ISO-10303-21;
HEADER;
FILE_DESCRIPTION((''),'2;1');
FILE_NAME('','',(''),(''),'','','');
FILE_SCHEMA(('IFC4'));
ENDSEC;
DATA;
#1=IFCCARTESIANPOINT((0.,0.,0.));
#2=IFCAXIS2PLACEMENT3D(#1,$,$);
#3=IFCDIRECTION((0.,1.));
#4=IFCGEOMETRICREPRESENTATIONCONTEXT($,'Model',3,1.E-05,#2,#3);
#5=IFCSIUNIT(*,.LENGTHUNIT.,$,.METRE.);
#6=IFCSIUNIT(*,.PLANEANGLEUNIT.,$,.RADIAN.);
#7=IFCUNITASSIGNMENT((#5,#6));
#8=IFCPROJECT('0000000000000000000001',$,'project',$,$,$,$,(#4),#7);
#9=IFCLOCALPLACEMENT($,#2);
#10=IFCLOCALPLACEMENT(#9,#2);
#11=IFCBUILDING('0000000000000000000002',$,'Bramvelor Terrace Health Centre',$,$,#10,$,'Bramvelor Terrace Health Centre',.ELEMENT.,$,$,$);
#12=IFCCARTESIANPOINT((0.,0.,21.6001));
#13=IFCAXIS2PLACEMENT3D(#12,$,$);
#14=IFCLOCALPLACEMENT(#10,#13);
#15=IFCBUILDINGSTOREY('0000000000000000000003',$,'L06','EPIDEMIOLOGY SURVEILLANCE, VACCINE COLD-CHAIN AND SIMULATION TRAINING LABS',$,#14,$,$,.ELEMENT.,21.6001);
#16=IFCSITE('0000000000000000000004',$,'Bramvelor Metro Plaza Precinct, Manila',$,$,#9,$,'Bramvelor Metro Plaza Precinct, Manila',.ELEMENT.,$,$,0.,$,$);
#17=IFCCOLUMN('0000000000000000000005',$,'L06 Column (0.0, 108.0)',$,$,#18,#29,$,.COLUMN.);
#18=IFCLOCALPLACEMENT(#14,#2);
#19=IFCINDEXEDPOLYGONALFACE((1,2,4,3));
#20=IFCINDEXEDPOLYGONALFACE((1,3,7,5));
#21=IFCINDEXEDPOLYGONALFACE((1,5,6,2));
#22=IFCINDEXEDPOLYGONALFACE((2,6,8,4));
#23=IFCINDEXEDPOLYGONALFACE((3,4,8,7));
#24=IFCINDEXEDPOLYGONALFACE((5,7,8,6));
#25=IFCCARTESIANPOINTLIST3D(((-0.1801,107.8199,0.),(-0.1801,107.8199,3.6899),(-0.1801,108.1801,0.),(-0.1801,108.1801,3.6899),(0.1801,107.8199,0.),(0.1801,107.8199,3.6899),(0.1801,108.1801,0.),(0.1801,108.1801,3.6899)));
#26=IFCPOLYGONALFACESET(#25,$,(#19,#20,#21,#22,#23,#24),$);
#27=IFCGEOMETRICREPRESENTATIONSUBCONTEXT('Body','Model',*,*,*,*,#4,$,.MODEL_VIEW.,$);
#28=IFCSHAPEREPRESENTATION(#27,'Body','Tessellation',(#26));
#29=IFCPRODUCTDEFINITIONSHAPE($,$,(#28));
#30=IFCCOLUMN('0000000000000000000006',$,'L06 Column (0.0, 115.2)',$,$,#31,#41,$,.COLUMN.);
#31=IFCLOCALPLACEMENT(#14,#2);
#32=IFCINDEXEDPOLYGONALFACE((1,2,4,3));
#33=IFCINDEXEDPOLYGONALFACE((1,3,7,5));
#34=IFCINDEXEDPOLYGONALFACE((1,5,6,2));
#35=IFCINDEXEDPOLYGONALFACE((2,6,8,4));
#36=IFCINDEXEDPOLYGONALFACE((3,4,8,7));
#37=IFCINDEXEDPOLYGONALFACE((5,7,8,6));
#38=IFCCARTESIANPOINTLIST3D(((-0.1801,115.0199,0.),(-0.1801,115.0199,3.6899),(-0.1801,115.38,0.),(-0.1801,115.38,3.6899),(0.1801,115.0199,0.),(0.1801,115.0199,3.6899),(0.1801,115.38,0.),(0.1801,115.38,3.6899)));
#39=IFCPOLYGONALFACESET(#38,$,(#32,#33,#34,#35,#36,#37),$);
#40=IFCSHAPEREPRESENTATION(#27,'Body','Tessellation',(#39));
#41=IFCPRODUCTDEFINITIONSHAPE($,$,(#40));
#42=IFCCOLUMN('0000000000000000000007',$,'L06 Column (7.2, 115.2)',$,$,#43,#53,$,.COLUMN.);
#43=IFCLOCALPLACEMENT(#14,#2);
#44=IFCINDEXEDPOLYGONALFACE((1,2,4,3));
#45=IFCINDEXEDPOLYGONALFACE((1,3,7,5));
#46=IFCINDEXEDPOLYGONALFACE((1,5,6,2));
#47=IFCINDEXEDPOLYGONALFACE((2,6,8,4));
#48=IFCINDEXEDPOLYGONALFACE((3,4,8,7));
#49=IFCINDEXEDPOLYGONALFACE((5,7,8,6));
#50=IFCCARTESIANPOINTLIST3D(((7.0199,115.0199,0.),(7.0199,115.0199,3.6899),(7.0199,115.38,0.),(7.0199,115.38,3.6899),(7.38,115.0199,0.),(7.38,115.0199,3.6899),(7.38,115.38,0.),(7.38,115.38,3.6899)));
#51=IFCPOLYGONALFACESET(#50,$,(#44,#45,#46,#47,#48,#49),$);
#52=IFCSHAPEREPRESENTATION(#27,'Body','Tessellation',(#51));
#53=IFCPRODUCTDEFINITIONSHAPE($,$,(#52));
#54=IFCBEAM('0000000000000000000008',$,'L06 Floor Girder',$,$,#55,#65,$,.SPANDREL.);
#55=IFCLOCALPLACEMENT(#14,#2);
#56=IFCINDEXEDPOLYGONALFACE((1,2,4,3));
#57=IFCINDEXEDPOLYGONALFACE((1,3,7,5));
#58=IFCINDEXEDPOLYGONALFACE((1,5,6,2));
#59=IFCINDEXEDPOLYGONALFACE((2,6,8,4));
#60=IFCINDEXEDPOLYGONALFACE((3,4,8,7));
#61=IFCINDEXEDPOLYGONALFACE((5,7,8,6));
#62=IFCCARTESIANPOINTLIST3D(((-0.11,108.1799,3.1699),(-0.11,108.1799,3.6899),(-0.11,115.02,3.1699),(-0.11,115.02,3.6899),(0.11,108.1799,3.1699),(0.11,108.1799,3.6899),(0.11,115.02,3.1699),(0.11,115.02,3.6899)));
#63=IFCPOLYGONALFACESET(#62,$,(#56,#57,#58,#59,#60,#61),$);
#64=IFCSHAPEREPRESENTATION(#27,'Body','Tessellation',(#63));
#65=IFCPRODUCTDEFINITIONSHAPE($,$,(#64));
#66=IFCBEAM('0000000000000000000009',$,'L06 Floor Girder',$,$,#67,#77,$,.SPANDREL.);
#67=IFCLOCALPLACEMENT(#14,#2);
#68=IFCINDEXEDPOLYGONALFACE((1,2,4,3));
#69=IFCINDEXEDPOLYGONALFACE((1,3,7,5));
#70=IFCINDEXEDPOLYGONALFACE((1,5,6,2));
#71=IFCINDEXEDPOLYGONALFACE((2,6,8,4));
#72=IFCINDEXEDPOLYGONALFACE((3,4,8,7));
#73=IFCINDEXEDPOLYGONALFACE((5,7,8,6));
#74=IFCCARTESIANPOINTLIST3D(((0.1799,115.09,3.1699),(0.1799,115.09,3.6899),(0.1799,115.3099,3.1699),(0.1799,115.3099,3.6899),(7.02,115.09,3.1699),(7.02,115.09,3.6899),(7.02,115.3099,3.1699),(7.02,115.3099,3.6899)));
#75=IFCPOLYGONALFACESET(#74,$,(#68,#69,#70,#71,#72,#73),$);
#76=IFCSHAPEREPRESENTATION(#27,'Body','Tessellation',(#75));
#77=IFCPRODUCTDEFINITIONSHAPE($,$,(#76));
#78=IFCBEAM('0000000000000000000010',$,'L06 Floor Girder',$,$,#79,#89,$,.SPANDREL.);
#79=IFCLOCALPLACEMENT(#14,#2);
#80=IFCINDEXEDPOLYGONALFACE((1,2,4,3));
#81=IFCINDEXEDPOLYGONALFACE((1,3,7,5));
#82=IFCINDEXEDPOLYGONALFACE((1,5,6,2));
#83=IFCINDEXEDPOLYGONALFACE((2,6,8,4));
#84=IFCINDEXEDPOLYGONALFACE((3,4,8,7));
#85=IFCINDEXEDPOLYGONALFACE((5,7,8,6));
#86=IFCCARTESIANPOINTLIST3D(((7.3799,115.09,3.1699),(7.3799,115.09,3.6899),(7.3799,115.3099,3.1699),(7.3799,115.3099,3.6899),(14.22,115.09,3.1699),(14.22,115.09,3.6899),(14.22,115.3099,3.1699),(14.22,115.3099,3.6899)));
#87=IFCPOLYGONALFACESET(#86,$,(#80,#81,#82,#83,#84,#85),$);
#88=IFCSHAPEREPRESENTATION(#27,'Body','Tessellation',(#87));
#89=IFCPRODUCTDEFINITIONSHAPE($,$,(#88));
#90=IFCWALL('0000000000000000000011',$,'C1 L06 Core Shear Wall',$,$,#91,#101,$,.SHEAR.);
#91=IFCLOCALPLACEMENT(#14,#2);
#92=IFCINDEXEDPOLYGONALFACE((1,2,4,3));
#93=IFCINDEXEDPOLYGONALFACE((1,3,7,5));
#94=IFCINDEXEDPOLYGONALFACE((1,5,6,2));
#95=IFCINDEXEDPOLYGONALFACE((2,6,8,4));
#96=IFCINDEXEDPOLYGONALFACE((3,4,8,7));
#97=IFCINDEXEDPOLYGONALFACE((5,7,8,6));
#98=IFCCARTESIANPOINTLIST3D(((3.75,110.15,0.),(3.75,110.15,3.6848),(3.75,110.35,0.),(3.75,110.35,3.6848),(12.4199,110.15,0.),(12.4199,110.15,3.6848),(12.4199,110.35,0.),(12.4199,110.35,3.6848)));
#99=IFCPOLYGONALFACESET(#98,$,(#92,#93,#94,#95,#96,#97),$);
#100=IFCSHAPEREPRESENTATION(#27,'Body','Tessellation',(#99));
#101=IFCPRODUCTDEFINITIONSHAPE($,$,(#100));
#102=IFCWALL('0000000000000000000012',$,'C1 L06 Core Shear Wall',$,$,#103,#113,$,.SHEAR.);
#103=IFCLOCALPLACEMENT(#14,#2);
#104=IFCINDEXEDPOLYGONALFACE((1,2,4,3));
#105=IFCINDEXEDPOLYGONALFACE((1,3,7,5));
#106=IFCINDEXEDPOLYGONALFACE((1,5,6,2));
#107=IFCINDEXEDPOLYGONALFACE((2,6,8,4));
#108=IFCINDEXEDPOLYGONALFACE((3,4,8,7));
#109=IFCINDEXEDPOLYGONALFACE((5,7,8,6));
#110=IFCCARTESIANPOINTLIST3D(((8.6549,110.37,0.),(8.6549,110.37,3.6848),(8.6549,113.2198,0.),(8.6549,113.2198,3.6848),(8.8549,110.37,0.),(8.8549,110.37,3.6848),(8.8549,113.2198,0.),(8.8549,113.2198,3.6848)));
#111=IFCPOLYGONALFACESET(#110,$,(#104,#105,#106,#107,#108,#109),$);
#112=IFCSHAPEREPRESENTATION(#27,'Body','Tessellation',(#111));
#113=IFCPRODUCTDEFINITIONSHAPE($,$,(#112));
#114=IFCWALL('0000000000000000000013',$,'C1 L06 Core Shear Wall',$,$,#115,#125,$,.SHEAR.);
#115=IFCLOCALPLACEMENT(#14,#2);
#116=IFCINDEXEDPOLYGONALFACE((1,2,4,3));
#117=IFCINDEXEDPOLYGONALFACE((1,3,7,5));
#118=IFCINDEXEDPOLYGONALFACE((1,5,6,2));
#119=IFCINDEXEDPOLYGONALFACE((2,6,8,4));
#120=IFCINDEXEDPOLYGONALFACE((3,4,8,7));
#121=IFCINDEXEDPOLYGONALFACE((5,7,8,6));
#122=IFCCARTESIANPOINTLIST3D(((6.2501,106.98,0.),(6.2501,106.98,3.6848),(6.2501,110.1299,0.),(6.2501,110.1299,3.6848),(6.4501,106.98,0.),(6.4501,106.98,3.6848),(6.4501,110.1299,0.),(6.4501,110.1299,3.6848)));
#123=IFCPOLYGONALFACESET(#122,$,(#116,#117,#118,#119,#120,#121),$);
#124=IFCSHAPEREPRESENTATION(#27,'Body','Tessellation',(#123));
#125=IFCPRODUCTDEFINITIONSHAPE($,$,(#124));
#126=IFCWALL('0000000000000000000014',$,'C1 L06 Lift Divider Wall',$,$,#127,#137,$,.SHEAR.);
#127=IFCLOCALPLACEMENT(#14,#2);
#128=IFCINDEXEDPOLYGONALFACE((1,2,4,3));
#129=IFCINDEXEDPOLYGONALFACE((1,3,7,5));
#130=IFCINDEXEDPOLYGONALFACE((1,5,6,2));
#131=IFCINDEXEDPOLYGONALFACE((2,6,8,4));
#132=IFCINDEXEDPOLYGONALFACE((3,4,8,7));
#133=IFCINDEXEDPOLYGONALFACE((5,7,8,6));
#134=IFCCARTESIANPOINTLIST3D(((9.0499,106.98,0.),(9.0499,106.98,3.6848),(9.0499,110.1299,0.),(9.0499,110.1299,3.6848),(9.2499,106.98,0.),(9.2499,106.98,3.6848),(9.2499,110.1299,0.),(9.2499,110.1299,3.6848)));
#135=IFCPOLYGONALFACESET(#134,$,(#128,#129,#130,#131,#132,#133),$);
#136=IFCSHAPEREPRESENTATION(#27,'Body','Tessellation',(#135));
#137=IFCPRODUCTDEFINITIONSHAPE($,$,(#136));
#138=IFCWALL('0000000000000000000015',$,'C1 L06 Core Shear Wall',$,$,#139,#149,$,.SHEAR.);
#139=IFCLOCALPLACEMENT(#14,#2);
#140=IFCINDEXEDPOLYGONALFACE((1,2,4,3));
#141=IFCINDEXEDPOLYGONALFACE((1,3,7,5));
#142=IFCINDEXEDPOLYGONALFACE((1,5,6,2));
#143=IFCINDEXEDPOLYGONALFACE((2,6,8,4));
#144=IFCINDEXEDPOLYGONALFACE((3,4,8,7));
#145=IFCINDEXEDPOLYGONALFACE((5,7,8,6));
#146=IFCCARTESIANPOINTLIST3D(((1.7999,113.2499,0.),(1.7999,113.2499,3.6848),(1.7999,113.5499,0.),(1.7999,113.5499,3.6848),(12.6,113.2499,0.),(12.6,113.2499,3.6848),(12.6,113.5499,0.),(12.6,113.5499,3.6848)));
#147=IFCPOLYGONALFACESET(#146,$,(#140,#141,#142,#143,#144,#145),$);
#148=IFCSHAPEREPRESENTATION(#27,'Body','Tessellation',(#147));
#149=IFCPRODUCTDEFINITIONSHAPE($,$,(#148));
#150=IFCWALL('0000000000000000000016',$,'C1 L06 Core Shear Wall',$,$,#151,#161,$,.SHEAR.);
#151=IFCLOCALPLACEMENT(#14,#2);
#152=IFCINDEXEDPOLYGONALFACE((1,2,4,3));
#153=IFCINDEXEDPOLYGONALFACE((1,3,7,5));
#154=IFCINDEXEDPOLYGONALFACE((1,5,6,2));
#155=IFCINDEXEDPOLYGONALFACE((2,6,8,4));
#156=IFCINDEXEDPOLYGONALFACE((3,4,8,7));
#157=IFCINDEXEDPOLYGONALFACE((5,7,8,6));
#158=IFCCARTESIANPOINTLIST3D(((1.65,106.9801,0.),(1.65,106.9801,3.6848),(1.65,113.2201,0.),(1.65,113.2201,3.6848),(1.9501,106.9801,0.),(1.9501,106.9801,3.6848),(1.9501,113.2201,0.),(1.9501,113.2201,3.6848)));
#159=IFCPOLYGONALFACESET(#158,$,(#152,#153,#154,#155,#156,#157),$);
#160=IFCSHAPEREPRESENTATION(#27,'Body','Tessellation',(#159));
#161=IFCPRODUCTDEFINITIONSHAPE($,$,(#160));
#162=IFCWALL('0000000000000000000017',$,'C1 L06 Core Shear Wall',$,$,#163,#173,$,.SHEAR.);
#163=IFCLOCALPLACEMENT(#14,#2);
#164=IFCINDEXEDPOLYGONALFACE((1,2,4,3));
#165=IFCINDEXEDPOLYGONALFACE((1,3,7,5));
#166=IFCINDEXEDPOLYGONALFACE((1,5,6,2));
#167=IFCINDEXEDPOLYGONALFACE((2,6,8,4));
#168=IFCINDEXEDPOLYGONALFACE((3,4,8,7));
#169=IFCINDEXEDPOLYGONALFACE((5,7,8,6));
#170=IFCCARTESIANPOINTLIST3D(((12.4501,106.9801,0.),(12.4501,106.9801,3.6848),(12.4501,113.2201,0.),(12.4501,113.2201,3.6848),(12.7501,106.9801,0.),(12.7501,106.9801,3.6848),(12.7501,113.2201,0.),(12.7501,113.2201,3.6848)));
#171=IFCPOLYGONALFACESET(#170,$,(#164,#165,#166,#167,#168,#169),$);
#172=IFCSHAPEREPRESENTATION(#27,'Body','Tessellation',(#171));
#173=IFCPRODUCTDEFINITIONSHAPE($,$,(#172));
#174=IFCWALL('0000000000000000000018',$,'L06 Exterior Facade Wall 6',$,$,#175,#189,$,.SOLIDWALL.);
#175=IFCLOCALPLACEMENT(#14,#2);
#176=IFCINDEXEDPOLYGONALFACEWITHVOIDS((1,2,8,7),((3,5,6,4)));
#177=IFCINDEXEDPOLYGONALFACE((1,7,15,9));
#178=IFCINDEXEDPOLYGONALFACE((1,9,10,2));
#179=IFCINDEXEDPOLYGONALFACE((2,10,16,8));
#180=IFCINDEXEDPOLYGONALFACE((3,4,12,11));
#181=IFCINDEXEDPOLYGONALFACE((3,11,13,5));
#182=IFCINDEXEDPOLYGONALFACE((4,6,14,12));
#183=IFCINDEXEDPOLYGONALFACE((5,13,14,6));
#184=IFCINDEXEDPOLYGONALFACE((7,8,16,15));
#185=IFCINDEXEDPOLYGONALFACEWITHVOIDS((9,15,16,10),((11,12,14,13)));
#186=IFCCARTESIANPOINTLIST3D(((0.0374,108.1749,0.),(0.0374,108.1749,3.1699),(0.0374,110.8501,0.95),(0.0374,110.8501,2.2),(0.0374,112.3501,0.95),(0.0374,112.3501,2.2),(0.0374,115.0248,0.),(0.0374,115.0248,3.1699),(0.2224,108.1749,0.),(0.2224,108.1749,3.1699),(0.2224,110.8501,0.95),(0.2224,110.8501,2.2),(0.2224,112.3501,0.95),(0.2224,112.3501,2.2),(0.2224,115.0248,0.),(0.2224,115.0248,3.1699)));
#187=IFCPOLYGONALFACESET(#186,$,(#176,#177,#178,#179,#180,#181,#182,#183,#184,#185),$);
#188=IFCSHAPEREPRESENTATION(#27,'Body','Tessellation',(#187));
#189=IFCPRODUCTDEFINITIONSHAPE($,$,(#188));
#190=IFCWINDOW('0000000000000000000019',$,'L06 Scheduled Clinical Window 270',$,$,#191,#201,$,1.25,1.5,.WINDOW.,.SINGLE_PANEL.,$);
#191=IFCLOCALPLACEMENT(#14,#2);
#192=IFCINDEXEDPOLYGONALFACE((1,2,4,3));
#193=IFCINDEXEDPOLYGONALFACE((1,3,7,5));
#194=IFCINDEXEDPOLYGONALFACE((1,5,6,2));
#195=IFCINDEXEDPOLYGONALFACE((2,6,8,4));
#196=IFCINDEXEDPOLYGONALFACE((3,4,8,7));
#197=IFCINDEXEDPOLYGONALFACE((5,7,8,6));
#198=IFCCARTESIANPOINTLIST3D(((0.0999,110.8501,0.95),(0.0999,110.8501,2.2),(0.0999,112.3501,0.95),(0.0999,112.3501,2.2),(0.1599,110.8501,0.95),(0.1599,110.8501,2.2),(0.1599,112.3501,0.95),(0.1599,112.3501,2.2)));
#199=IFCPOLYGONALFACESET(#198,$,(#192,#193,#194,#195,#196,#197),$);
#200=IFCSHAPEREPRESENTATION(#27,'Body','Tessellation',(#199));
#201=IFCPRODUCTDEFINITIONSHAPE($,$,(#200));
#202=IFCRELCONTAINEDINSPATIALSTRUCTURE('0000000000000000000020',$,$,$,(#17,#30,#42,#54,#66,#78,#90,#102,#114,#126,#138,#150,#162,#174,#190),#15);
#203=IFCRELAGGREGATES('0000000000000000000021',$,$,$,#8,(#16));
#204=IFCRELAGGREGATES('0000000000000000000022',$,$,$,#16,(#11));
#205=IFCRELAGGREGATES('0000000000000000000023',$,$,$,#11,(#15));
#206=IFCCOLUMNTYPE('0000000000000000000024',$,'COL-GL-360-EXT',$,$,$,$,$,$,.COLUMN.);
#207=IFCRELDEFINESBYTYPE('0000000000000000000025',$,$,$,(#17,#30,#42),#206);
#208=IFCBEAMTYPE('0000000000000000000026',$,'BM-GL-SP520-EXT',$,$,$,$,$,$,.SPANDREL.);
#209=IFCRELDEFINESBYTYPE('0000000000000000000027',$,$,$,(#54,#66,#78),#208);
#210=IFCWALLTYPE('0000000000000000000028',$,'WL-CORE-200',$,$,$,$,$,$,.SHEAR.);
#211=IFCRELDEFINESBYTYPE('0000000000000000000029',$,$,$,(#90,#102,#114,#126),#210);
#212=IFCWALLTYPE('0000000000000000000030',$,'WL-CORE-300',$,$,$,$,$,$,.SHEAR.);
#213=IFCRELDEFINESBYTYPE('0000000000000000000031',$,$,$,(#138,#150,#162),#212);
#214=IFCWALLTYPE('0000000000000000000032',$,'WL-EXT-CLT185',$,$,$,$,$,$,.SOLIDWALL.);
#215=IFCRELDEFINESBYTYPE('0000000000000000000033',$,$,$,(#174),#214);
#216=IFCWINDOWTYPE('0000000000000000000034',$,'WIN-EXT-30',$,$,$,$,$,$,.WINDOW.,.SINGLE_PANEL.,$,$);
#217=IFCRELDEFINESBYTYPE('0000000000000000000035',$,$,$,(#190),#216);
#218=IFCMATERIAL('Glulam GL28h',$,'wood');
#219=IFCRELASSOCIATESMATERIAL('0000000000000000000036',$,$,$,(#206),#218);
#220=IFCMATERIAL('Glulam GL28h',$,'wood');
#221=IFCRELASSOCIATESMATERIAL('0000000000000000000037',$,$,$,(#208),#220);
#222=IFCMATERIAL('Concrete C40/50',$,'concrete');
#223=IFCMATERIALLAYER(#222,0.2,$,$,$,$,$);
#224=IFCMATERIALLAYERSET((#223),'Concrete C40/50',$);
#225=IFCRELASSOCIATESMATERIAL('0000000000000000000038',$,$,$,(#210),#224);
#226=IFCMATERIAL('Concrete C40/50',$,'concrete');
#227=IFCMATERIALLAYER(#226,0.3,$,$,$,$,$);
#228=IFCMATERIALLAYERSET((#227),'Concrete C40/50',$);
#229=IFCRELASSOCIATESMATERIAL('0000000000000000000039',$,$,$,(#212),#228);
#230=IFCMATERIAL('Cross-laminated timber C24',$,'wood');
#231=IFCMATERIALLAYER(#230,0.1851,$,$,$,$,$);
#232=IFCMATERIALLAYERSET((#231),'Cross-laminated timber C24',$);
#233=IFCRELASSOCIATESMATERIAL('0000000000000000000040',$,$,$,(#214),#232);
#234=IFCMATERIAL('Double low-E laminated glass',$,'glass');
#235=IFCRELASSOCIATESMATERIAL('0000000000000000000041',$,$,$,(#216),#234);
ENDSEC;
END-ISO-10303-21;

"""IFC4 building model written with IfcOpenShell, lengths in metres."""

from ifc_helpers import new_model, si_unit, direction, frame, frame_2d, origin, origin_2d, place, context, subcontext, project, spatial, rectangle, extrude, material, layer, layer_set, material_profile, profile_set, type_object, element, fill, save


model = new_model("IFC4")

# Units and contexts
model_context = context("Model", 3, precision=1e-05, world=origin(), true_north=direction((0.0, 1.0)))
body_context = subcontext(model_context, "Body", "Model", "MODEL_VIEW")
ifc_project = project(units=[si_unit("LENGTHUNIT", "METRE"), si_unit("PLANEANGLEUNIT", "RADIAN")], contexts=[model_context])

# Site, building, storey
site_placement = place(None, origin())
site = spatial("IfcSite", under=ifc_project, at=site_placement, Name="Bramvelor Metro Plaza Precinct, Manila", LongName="Bramvelor Metro Plaza Precinct, Manila", CompositionType="ELEMENT", RefElevation=0.0)
building_placement = place(site_placement, origin())
building = spatial("IfcBuilding", under=site, at=building_placement, Name="Bramvelor Terrace Health Centre", LongName="Bramvelor Terrace Health Centre", CompositionType="ELEMENT")
storey_placement = place(building_placement, frame((0.0, 0.0, 21.6001)))
storey = spatial("IfcBuildingStorey", under=building, at=storey_placement, Name="L06", Description="EPIDEMIOLOGY SURVEILLANCE, VACCINE COLD-CHAIN AND SIMULATION TRAINING LABS", CompositionType="ELEMENT", Elevation=21.6001)

# Columns
ifc_material_1 = material(Name="Glulam GL28h", Category="wood")
ifc_material_profile_1 = material_profile(ifc_material_1, rectangle(XDim=0.3601, YDim=0.3601, at=origin_2d()), Name="GL 360x360")
ifc_profile_set_1 = profile_set([ifc_material_profile_1], Name="Glulam GL28h")
column_type = type_object("IfcColumnType", Name="COL-GL-360-EXT", PredefinedType="COLUMN", material=ifc_profile_set_1)
for number, where, z_axis, x_axis, name in (
    (1, (0.0, 108.0, 0.0), (0.0, 0.0, 1.0), (1.0, 0.0, 0.0), "L06 Column (0.0, 108.0)"),
    (2, (0.0, 115.2, 0.0), (0.0, 0.0, 1.0), (1.0, 0.0, 0.0), "L06 Column (0.0, 115.2)"),
    (3, (7.2, 115.2, 0.0), (0.0, 0.0, 1.0), (1.0, 0.0, 0.0), "L06 Column (7.2, 115.2)"),
):
    element("IfcColumn", number, at=place(storey_placement, frame(where, z_axis=z_axis, x_axis=x_axis)), inside=storey, type_object=column_type, Name=name, PredefinedType="COLUMN", context=body_context, shape_type="SweptSolid", body=[
        extrude(rectangle(XDim=0.3601, YDim=0.3601, at=origin_2d()), origin(), (0.0, 0.0, 1.0), 3.6899),
    ])

# Beams
ifc_material_2 = material(Name="Glulam GL28h", Category="wood")
ifc_material_profile_2 = material_profile(ifc_material_2, rectangle(XDim=0.22, YDim=0.52, at=origin_2d()), Name="GL 220x520")
ifc_profile_set_2 = profile_set([ifc_material_profile_2], Name="Glulam GL28h")
beam_type = type_object("IfcBeamType", Name="BM-GL-SP520-EXT", PredefinedType="SPANDREL", material=ifc_profile_set_2)
for number, where, z_axis, x_axis, name in (
    (4, (0.0, 108.1799, 3.4299), (0.0, 1.0, 0.0), (-1.0, 0.0, 0.0), "L06 Floor Girder"),
    (5, (0.1799, 115.2, 3.4299), (1.0, 0.0, 0.0), (0.0, 1.0, 0.0), "L06 Floor Girder"),
    (6, (7.3799, 115.2, 3.4299), (1.0, 0.0, 0.0), (0.0, 1.0, 0.0), "L06 Floor Girder"),
):
    element("IfcBeam", number, at=place(storey_placement, frame(where, z_axis=z_axis, x_axis=x_axis)), inside=storey, type_object=beam_type, Name=name, PredefinedType="SPANDREL", context=body_context, shape_type="SweptSolid", body=[
        extrude(rectangle(XDim=0.22, YDim=0.52, at=origin_2d()), origin(), (0.0, 0.0, 1.0), 6.8401),
    ])

# Walls
ifc_material_3 = material(Name="Concrete C40/50", Category="concrete")
ifc_layer_1 = layer(ifc_material_3, 0.2)
ifc_layer_set_1 = layer_set([ifc_layer_1], Name="Concrete C40/50")
wall_type_1 = type_object("IfcWallType", Name="WL-CORE-200", PredefinedType="SHEAR", material=ifc_layer_set_1)
wall_1_placement = place(storey_placement, frame((3.75, 110.25, 0.0), z_axis=(0.0, 0.0, 1.0), x_axis=(1.0, 0.0, 0.0)))
element("IfcWall", 7, at=wall_1_placement, inside=storey, type_object=wall_type_1, Name="C1 L06 Core Shear Wall", PredefinedType="SHEAR", context=body_context, shape_type="SweptSolid", body=[
    extrude(rectangle(XDim=8.6699, YDim=0.2, at=frame_2d((4.335, 0.0))), origin(), (0.0, 0.0, 1.0), 3.6848),
])
wall_2_placement = place(storey_placement, frame((8.7549, 110.3701, 0.0), z_axis=(0.0, 0.0, 1.0), x_axis=(0.0, 1.0, 0.0)))
element("IfcWall", 8, at=wall_2_placement, inside=storey, type_object=wall_type_1, Name="C1 L06 Core Shear Wall", PredefinedType="SHEAR", context=body_context, shape_type="SweptSolid", body=[
    extrude(rectangle(XDim=2.8499, YDim=0.2, at=frame_2d((1.4248, 0.0))), origin(), (0.0, 0.0, 1.0), 3.6848),
])
for number, where, z_axis, x_axis, name in (
    (9, (6.3501, 106.98, 0.0), (0.0, 0.0, 1.0), (0.0, 1.0, 0.0), "C1 L06 Core Shear Wall"),
    (10, (9.1499, 106.98, 0.0), (0.0, 0.0, 1.0), (0.0, 1.0, 0.0), "C1 L06 Lift Divider Wall"),
):
    element("IfcWall", number, at=place(storey_placement, frame(where, z_axis=z_axis, x_axis=x_axis)), inside=storey, type_object=wall_type_1, Name=name, PredefinedType="SHEAR", context=body_context, shape_type="SweptSolid", body=[
        extrude(rectangle(XDim=3.1499, YDim=0.2, at=frame_2d((1.575, 0.0))), origin(), (0.0, 0.0, 1.0), 3.6848),
    ])

# Shared definitions
ifc_material_4 = material(Name="Concrete C40/50", Category="concrete")
ifc_layer_2 = layer(ifc_material_4, 0.3)
ifc_layer_set_2 = layer_set([ifc_layer_2], Name="Concrete C40/50")
wall_type_2 = type_object("IfcWallType", Name="WL-CORE-300", PredefinedType="SHEAR", material=ifc_layer_set_2)

# Walls
wall_3_placement = place(storey_placement, frame((1.8, 113.3999, 0.0), z_axis=(0.0, 0.0, 1.0), x_axis=(1.0, 0.0, 0.0)))
element("IfcWall", 11, at=wall_3_placement, inside=storey, type_object=wall_type_2, Name="C1 L06 Core Shear Wall", PredefinedType="SHEAR", context=body_context, shape_type="SweptSolid", body=[
    extrude(rectangle(XDim=10.8, YDim=0.3, at=frame_2d((5.3999, 0.0))), origin(), (0.0, 0.0, 1.0), 3.6848),
])
for number, where, z_axis, x_axis, name in (
    (12, (1.8, 106.98, 0.0), (0.0, 0.0, 1.0), (0.0, 1.0, 0.0), "C1 L06 Core Shear Wall"),
    (13, (12.6001, 106.98, 0.0), (0.0, 0.0, 1.0), (0.0, 1.0, 0.0), "C1 L06 Core Shear Wall"),
):
    element("IfcWall", number, at=place(storey_placement, frame(where, z_axis=z_axis, x_axis=x_axis)), inside=storey, type_object=wall_type_2, Name=name, PredefinedType="SHEAR", context=body_context, shape_type="SweptSolid", body=[
        extrude(rectangle(XDim=6.24, YDim=0.3, at=frame_2d((3.1201, 0.0))), origin(), (0.0, 0.0, 1.0), 3.6848),
    ])

# Wall, opening, window
ifc_material_5 = material(Name="Cross-laminated timber C24", Category="wood")
ifc_layer_3 = layer(ifc_material_5, 0.1851)
ifc_layer_set_3 = layer_set([ifc_layer_3], Name="Cross-laminated timber C24")
wall_type_3 = type_object("IfcWallType", Name="WL-EXT-CLT185", PredefinedType="SOLIDWALL", material=ifc_layer_set_3)
wall_4_placement = place(storey_placement, frame((0.1299, 108.175, 0.0), z_axis=(0.0, 0.0, 1.0), x_axis=(0.0, 1.0, 0.0)))
wall_4 = element("IfcWall", 14, at=wall_4_placement, inside=storey, type_object=wall_type_3, Name="L06 Exterior Facade Wall 6", PredefinedType="SOLIDWALL", context=body_context, shape_type="SweptSolid", body=[
    extrude(rectangle(XDim=6.8499, YDim=0.1851, at=frame_2d((3.4248, 0.0))), origin(), (0.0, 0.0, 1.0), 3.1699),
])
opening_1_placement = place(wall_4_placement, frame((2.675, 0.0, 0.95)))
opening_1 = element("IfcOpeningElement", 15, at=opening_1_placement, cuts=wall_4, PredefinedType="OPENING", context=body_context, shape_type="SweptSolid", body=[
    extrude(rectangle(XDim=1.5, YDim=1.25, at=frame_2d((0.75, 0.625))), frame((0.0, 0.1025, 0.0), z_axis=(0.0, -1.0, 0.0), x_axis=(1.0, 0.0, 0.0)), (0.0, 0.0, 1.0), 0.2051),
])
ifc_material_6 = material(Name="Double low-E laminated glass", Category="glass")
window_type_1 = type_object("IfcWindowType", Name="WIN-EXT-30", PartitioningType="SINGLE_PANEL", PredefinedType="WINDOW", material=ifc_material_6)
window_1_placement = place(opening_1_placement, origin())
window_1 = element("IfcWindow", 16, at=window_1_placement, inside=storey, type_object=window_type_1, Name="L06 Scheduled Clinical Window 270", OverallHeight=1.25, OverallWidth=1.5, PartitioningType="SINGLE_PANEL", PredefinedType="WINDOW", context=body_context, shape_type="SweptSolid", body=[
    extrude(rectangle(XDim=1.5, YDim=1.25, at=frame_2d((0.75, 0.625))), frame((0.0, 0.03, 0.0), z_axis=(0.0, -1.0, 0.0), x_axis=(1.0, 0.0, 0.0)), (0.0, 0.0, 1.0), 0.0601),
])
fill(opening_1, window_1)

save(model, "model.ifc")
